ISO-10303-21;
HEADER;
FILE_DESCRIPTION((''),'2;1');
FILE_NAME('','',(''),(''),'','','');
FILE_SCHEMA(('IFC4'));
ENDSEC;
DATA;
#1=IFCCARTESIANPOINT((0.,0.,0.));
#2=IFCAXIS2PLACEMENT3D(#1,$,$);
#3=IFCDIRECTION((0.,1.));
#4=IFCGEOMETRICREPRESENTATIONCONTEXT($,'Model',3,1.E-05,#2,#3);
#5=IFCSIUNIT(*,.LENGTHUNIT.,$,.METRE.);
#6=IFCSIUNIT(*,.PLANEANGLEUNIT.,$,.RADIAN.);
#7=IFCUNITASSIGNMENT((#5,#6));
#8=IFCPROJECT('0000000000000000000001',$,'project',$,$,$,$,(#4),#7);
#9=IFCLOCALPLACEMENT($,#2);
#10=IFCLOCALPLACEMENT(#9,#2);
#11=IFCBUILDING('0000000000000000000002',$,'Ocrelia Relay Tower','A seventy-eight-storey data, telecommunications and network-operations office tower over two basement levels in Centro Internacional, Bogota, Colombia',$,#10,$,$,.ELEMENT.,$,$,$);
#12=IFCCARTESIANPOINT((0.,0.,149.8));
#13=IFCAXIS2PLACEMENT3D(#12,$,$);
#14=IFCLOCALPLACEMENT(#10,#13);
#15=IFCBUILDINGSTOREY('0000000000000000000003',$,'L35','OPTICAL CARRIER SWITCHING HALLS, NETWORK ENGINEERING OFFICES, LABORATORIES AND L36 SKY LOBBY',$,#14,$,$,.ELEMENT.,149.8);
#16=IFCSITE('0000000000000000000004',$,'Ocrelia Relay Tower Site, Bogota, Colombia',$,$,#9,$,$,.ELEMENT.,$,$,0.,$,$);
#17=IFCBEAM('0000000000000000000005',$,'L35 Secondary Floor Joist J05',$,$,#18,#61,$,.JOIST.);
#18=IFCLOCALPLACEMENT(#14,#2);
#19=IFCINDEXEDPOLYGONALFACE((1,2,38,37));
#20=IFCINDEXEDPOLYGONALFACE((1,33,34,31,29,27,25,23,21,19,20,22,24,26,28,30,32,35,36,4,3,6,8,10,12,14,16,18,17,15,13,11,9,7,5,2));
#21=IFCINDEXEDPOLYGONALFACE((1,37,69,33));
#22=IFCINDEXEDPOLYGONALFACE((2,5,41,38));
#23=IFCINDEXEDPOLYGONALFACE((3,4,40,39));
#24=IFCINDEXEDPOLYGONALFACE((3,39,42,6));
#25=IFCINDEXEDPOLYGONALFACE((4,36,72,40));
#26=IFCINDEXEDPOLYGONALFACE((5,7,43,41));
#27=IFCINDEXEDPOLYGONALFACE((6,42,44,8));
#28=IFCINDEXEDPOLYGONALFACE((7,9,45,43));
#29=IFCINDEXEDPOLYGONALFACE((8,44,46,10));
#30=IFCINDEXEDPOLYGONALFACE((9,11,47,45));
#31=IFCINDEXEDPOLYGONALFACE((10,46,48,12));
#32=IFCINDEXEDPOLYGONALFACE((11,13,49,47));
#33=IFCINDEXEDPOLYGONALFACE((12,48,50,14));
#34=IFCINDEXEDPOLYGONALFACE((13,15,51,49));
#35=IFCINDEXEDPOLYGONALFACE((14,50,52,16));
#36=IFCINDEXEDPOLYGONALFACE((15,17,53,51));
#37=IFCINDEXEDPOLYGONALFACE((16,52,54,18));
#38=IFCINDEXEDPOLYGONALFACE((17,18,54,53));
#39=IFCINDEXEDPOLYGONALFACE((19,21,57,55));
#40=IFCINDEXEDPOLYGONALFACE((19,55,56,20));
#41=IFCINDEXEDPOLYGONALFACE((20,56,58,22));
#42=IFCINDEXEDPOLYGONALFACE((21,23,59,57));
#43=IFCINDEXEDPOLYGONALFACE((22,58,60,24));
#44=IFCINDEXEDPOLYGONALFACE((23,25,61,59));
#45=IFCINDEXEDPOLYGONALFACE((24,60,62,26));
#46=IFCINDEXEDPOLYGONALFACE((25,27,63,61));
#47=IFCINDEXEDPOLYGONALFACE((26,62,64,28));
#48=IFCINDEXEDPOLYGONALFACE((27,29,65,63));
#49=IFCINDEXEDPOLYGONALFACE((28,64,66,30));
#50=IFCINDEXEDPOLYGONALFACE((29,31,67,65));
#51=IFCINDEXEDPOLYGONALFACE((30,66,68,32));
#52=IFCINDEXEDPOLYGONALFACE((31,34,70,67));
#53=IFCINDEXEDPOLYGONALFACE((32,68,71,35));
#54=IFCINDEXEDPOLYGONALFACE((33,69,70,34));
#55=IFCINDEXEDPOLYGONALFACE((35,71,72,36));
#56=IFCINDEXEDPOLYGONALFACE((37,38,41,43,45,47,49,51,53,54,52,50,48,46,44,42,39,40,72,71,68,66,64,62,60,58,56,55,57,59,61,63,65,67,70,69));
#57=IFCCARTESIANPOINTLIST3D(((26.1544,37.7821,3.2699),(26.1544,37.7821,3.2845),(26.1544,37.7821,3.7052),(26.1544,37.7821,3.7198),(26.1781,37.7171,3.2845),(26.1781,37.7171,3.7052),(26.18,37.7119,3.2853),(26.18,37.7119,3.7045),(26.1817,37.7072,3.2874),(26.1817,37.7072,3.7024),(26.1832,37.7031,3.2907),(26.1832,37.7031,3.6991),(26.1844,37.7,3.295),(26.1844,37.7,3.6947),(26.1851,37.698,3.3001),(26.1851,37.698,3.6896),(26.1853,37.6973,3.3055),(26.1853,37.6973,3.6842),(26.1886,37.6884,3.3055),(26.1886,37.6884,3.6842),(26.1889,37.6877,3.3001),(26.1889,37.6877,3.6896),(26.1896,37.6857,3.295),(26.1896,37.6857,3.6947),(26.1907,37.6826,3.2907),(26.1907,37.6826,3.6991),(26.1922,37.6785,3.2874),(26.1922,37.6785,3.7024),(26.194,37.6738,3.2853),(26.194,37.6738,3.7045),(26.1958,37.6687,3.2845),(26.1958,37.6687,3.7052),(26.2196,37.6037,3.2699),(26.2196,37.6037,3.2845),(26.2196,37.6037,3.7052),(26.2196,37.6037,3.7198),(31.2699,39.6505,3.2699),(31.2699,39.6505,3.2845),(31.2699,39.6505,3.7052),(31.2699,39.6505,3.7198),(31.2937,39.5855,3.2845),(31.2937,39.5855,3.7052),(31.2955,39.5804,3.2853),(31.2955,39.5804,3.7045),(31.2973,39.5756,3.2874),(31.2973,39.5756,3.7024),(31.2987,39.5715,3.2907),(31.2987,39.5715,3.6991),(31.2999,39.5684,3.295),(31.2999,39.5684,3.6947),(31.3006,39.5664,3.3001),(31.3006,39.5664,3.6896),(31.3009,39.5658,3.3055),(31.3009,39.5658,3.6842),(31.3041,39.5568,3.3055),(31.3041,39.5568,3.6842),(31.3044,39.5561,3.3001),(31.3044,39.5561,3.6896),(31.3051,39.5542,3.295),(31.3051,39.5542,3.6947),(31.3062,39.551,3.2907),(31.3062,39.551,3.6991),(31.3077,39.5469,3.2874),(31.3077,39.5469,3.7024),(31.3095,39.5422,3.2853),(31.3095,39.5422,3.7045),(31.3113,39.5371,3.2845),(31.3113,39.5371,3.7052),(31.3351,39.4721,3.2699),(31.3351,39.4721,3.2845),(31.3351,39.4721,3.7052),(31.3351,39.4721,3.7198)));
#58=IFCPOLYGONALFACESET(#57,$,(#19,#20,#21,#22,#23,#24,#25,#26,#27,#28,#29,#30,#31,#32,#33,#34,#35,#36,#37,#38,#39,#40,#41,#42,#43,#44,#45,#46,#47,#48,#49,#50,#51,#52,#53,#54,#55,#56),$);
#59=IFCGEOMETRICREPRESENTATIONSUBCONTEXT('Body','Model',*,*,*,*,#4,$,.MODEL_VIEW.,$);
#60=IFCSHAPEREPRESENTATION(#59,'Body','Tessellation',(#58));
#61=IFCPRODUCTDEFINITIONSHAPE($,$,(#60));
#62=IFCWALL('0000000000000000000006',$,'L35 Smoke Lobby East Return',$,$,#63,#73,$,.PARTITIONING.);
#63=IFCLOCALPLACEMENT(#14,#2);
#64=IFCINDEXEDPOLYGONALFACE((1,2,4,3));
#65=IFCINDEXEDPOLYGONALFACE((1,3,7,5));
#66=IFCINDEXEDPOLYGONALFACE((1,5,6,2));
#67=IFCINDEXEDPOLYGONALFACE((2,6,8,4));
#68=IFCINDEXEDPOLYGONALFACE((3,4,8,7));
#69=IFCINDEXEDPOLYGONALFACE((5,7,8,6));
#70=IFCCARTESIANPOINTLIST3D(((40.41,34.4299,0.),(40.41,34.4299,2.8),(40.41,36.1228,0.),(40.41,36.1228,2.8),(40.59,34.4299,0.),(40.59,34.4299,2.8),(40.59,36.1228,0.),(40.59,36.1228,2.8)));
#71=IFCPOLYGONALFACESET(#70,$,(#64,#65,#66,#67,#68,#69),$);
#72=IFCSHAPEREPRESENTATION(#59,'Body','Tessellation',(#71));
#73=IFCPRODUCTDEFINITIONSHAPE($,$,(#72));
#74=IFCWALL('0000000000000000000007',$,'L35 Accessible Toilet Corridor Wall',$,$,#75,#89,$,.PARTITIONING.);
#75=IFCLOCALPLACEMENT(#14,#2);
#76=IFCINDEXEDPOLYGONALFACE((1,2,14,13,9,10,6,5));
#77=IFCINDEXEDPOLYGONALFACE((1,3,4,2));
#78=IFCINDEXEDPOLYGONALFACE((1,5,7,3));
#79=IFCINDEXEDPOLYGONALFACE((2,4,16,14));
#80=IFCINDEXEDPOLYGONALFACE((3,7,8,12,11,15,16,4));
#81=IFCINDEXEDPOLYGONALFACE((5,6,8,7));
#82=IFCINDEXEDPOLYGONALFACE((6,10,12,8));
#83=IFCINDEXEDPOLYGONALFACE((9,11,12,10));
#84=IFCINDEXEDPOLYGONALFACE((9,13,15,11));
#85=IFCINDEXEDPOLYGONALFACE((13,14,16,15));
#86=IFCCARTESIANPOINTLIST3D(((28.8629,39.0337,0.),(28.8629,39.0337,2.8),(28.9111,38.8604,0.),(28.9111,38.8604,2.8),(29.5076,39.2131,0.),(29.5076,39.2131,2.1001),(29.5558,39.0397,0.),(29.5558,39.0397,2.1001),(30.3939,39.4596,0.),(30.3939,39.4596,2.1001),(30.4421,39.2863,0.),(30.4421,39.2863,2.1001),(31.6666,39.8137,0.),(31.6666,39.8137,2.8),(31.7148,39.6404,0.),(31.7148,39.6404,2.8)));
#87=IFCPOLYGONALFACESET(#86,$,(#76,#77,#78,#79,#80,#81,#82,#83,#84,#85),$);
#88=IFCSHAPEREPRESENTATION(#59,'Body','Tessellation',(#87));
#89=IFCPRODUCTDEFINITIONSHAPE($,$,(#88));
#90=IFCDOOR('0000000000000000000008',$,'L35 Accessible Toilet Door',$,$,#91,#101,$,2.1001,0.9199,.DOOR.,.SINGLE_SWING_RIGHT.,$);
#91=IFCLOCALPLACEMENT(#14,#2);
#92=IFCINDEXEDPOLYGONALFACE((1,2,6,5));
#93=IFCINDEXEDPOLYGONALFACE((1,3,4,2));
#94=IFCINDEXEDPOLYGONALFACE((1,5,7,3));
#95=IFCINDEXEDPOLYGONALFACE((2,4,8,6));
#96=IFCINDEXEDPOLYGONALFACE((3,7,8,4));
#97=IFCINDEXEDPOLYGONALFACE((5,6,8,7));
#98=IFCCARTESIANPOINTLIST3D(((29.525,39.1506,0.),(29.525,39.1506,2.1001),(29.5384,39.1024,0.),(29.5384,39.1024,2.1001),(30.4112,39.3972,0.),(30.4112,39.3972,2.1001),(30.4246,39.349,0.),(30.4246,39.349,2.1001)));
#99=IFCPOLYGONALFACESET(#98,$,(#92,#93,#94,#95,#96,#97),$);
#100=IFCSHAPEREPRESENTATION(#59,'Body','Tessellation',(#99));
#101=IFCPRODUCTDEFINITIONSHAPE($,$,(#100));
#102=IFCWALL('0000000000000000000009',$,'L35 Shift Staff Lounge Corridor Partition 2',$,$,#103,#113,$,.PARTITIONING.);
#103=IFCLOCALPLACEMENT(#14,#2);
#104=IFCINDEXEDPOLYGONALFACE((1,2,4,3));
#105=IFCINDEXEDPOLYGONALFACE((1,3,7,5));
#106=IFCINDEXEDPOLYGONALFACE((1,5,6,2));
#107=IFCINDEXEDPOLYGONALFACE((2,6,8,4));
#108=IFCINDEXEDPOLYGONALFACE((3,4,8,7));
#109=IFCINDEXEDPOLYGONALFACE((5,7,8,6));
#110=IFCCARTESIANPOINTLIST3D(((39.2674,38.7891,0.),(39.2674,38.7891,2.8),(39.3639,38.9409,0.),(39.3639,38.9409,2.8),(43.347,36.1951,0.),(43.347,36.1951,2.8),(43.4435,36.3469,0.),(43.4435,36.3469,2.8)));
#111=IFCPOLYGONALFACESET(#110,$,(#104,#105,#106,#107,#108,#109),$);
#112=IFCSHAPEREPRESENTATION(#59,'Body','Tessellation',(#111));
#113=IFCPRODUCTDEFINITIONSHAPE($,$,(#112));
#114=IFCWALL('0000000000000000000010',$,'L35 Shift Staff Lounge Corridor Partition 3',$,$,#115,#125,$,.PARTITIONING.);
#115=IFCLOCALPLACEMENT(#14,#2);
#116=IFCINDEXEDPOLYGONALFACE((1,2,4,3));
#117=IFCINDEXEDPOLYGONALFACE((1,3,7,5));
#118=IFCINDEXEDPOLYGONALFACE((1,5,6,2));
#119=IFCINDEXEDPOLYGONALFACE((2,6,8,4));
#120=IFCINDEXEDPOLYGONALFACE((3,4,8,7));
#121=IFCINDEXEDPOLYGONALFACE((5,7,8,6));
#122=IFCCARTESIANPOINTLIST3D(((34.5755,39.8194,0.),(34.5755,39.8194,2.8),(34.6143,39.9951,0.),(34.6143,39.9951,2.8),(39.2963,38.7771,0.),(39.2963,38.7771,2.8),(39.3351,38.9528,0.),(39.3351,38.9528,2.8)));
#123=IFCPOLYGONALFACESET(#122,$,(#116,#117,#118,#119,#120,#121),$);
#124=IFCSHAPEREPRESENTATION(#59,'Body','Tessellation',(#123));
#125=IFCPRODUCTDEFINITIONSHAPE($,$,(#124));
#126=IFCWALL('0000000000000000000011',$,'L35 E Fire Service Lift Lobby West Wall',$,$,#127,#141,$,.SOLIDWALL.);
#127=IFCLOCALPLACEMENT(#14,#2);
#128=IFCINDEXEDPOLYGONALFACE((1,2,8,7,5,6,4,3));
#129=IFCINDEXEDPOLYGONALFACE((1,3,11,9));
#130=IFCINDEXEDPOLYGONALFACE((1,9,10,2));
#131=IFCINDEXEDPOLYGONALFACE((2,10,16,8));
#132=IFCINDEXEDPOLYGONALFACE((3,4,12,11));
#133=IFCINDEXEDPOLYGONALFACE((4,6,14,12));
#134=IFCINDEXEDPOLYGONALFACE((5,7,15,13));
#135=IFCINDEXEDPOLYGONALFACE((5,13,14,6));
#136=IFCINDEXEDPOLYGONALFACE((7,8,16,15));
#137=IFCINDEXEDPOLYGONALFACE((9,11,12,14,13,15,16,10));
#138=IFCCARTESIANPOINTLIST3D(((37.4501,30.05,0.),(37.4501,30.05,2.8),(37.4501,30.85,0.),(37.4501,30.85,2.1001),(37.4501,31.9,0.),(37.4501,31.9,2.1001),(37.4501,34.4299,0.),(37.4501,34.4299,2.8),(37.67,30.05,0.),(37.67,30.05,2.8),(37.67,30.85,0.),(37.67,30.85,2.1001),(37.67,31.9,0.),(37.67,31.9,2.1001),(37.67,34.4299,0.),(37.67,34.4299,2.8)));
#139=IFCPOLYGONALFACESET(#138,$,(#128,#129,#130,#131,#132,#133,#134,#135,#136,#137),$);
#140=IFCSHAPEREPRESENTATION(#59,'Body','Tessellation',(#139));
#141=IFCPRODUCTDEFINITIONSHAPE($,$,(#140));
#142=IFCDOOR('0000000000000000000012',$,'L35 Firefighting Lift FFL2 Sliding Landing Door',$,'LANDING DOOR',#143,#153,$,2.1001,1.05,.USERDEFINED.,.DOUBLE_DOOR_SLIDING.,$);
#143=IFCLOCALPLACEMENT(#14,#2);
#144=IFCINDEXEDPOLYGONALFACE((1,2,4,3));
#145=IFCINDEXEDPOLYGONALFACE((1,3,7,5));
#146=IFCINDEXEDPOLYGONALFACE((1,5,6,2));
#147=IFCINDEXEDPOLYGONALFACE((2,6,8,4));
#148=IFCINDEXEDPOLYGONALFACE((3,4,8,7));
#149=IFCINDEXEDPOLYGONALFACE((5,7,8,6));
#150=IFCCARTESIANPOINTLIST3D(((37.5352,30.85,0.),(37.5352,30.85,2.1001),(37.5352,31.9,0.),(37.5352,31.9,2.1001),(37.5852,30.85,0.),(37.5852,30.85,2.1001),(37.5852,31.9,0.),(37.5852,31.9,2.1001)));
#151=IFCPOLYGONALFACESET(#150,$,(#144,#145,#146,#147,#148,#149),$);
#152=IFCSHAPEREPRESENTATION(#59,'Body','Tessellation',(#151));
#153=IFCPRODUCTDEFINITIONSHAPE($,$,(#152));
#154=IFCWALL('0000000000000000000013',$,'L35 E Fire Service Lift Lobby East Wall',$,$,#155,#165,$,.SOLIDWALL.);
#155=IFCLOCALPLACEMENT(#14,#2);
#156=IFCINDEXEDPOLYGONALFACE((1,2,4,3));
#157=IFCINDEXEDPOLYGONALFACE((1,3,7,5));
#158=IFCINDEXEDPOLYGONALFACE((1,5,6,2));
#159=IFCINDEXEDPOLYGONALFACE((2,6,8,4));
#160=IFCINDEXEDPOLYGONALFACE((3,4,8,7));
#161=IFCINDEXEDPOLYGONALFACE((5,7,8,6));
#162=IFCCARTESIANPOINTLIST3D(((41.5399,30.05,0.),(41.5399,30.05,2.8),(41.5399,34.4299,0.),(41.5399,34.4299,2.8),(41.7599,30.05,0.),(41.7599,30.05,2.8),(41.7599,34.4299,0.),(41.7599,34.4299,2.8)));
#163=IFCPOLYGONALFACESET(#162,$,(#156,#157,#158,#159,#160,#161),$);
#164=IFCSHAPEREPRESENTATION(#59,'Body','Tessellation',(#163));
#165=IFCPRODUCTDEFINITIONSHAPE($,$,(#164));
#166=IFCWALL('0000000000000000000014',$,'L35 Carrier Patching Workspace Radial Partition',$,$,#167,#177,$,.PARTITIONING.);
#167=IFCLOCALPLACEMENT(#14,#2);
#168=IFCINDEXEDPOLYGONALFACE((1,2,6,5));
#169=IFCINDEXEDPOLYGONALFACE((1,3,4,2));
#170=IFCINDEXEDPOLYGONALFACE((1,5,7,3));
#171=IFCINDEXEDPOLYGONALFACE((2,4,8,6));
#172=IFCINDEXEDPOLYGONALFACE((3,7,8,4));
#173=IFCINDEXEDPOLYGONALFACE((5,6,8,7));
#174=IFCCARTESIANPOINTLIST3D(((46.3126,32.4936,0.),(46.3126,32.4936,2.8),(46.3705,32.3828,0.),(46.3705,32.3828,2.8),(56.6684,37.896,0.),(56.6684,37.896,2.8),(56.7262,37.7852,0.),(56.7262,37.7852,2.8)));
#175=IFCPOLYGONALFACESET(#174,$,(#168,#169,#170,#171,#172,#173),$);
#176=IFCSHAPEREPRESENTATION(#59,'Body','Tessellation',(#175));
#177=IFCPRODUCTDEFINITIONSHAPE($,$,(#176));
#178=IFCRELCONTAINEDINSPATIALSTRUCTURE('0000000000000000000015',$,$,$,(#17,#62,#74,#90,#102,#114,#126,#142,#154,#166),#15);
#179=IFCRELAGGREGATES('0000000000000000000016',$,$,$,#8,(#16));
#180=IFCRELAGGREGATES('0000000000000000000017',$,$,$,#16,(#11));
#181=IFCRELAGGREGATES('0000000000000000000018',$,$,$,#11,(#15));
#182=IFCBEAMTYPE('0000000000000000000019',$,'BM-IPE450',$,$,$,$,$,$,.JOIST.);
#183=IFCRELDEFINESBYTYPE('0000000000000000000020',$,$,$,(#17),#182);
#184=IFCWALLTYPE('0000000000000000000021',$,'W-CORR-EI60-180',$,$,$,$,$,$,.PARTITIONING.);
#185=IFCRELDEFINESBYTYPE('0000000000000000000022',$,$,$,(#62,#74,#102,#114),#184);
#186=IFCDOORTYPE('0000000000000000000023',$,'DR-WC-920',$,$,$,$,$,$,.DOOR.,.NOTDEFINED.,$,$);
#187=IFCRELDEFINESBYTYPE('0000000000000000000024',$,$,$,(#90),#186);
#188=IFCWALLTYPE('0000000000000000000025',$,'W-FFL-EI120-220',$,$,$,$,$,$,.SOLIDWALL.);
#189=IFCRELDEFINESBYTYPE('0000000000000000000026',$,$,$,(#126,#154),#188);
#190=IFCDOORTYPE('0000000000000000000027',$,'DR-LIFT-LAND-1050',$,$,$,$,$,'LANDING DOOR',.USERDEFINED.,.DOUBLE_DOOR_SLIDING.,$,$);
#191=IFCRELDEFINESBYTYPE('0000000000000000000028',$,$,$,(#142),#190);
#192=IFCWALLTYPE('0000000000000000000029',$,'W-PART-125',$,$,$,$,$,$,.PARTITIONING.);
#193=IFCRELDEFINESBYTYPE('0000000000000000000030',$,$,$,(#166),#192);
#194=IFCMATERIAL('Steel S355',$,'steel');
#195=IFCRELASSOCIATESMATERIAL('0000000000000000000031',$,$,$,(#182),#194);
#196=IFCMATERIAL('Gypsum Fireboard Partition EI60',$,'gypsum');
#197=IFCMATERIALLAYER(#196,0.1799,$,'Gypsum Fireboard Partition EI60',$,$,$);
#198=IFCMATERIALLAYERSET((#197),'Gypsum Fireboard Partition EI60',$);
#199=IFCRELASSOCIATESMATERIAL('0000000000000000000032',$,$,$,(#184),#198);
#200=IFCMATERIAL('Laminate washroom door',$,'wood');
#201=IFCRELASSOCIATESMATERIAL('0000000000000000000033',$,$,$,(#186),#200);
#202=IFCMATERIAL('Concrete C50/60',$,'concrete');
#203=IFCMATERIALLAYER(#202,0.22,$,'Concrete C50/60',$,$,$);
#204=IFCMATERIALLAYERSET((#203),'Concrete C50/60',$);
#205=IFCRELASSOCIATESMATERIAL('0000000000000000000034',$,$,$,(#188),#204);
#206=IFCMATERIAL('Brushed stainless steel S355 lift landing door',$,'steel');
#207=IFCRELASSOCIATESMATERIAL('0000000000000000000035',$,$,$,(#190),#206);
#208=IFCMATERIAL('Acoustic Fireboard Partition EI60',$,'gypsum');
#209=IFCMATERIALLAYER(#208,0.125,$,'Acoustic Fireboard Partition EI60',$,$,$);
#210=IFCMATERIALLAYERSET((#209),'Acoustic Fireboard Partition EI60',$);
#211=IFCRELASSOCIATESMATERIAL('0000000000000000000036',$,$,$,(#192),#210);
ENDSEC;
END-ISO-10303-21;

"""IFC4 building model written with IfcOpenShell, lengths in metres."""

from ifc_helpers import new_model, si_unit, direction, frame, frame_2d, origin, origin_2d, place, context, subcontext, project, spatial, rectangle, i_section, extrude, material, layer, layer_set, material_profile, profile_set, type_object, element, fill, save


model = new_model("IFC4")

# Units and contexts
model_context = context("Model", 3, precision=1e-05, world=origin(), true_north=direction((0.0, 1.0)))
body_context = subcontext(model_context, "Body", "Model", "MODEL_VIEW")
ifc_project = project(units=[si_unit("LENGTHUNIT", "METRE"), si_unit("PLANEANGLEUNIT", "RADIAN")], contexts=[model_context])

# Site, building, storey
site_placement = place(None, origin())
site = spatial("IfcSite", under=ifc_project, at=site_placement, Name="Ocrelia Relay Tower Site, Bogota, Colombia", CompositionType="ELEMENT", RefElevation=0.0)
building_placement = place(site_placement, origin())
building = spatial("IfcBuilding", under=site, at=building_placement, Name="Ocrelia Relay Tower", Description="A seventy-eight-storey data, telecommunications and network-operations office tower over two basement levels in Centro Internacional, Bogota, Colombia", CompositionType="ELEMENT")
storey_placement = place(building_placement, frame((0.0, 0.0, 149.8)))
storey = spatial("IfcBuildingStorey", under=building, at=storey_placement, Name="L35", Description="OPTICAL CARRIER SWITCHING HALLS, NETWORK ENGINEERING OFFICES, LABORATORIES AND L36 SKY LOBBY", CompositionType="ELEMENT", Elevation=149.8)

# Beam
ifc_material_1 = material(Name="Steel S355", Category="steel")
ifc_material_profile_1 = material_profile(ifc_material_1, i_section(OverallWidth=0.1899, OverallDepth=0.45, WebThickness=0.0095, FlangeThickness=0.0146, FilletRadius=0.021, at=origin_2d()), Name="IPE 450")
ifc_profile_set_1 = profile_set([ifc_material_profile_1], Name="Steel S355")
beam_type = type_object("IfcBeamType", Name="BM-IPE450", PredefinedType="JOIST", material=ifc_profile_set_1)
beam_1_placement = place(storey_placement, frame((31.3025, 39.5613, 3.4949), z_axis=(-0.939307, -0.343078, 0.0), x_axis=(0.343078, -0.939307, 0.0)))
element("IfcBeam", 1, at=beam_1_placement, inside=storey, type_object=beam_type, Name="L35 Secondary Floor Joist J05", PredefinedType="JOIST", context=body_context, shape_type="SweptSolid", body=[
    extrude(i_section(OverallWidth=0.1899, OverallDepth=0.45, WebThickness=0.0095, FlangeThickness=0.0146, FilletRadius=0.021, at=origin_2d()), origin(), (0.0, 0.0, 1.0), 5.446),
])

# Wall
ifc_material_2 = material(Name="Gypsum Fireboard Partition EI60", Category="gypsum")
ifc_layer_1 = layer(ifc_material_2, 0.1799, Name="Gypsum Fireboard Partition EI60")
ifc_layer_set_1 = layer_set([ifc_layer_1], Name="Gypsum Fireboard Partition EI60")
wall_type_1 = type_object("IfcWallType", Name="W-CORR-EI60-180", PredefinedType="PARTITIONING", material=ifc_layer_set_1)
wall_1_placement = place(storey_placement, frame((40.5, 36.1228, 0.0), z_axis=(0.0, 0.0, 1.0), x_axis=(0.0, -1.0, 0.0)))
element("IfcWall", 2, at=wall_1_placement, inside=storey, type_object=wall_type_1, Name="L35 Smoke Lobby East Return", PredefinedType="PARTITIONING", context=body_context, shape_type="SweptSolid", body=[
    extrude(rectangle(XDim=1.6929, YDim=0.1799, at=frame_2d((0.8464, 0.0))), origin(), (0.0, 0.0, 1.0), 2.8),
])

# Wall, opening, door
wall_2_placement = place(storey_placement, frame((31.6907, 39.7271, 0.0), z_axis=(0.0, 0.0, 1.0), x_axis=(-0.96341, -0.268033, 0.0)))
wall_2 = element("IfcWall", 3, at=wall_2_placement, inside=storey, type_object=wall_type_1, Name="L35 Accessible Toilet Corridor Wall", PredefinedType="PARTITIONING", context=body_context, shape_type="SweptSolid", body=[
    extrude(rectangle(XDim=2.9102, YDim=0.1799, at=frame_2d((1.4551, 0.0))), origin(), (0.0, 0.0, 1.0), 2.8),
])
opening_1_placement = place(wall_2_placement, frame((1.321, 0.0, 0.0)))
opening_1 = element("IfcOpeningElement", 4, at=opening_1_placement, cuts=wall_2, PredefinedType="OPENING", context=body_context, shape_type="SweptSolid", body=[
    extrude(rectangle(XDim=0.9199, YDim=2.1001, at=frame_2d((0.46, 1.05))), frame((0.0, 0.1001, 0.0), z_axis=(0.0, -1.0, 0.0), x_axis=(1.0, 0.0, 0.0)), (0.0, 0.0, 1.0), 0.2),
])
ifc_material_3 = material(Name="Laminate washroom door", Category="wood")
door_type_1 = type_object("IfcDoorType", Name="DR-WC-920", OperationType="NOTDEFINED", PredefinedType="DOOR", material=ifc_material_3)
door_1_placement = place(opening_1_placement, origin())
door_1 = element("IfcDoor", 5, at=door_1_placement, inside=storey, type_object=door_type_1, Name="L35 Accessible Toilet Door", OperationType="SINGLE_SWING_RIGHT", OverallHeight=2.1001, OverallWidth=0.9199, PredefinedType="DOOR", context=body_context, shape_type="SweptSolid", body=[
    extrude(rectangle(XDim=0.9199, YDim=2.1001, at=frame_2d((0.46, 1.05))), frame((0.0, 0.0249, 0.0), z_axis=(0.0, -1.0, 0.0), x_axis=(1.0, 0.0, 0.0)), (0.0, 0.0, 1.0), 0.05),
])
fill(opening_1, door_1)

# Walls
for number, where, z_axis, x_axis, name in (
    (6, (43.3953, 36.271, 0.0), (0.0, 0.0, 1.0), (-0.843859, 0.536565, 0.0), "L35 Shift Staff Lounge Corridor Partition 2"),
    (7, (39.3157, 38.865, 0.0), (0.0, 0.0, 1.0), (-0.976484, 0.215588, 0.0), "L35 Shift Staff Lounge Corridor Partition 3"),
):
    element("IfcWall", number, at=place(storey_placement, frame(where, z_axis=z_axis, x_axis=x_axis)), inside=storey, type_object=wall_type_1, Name=name, PredefinedType="PARTITIONING", context=body_context, shape_type="SweptSolid", body=[
        extrude(rectangle(XDim=4.8345, YDim=0.1799, at=frame_2d((2.4172, 0.0))), origin(), (0.0, 0.0, 1.0), 2.8),
    ])

# Wall, opening, door
ifc_material_4 = material(Name="Concrete C50/60", Category="concrete")
ifc_layer_2 = layer(ifc_material_4, 0.22, Name="Concrete C50/60")
ifc_layer_set_2 = layer_set([ifc_layer_2], Name="Concrete C50/60")
wall_type_2 = type_object("IfcWallType", Name="W-FFL-EI120-220", PredefinedType="SOLIDWALL", material=ifc_layer_set_2)
wall_3_placement = place(storey_placement, frame((37.5601, 30.05, 0.0), z_axis=(0.0, 0.0, 1.0), x_axis=(0.0, 1.0, 0.0)))
wall_3 = element("IfcWall", 8, at=wall_3_placement, inside=storey, type_object=wall_type_2, Name="L35 E Fire Service Lift Lobby West Wall", PredefinedType="SOLIDWALL", context=body_context, shape_type="SweptSolid", body=[
    extrude(rectangle(XDim=4.3799, YDim=0.22, at=frame_2d((2.1899, 0.0))), origin(), (0.0, 0.0, 1.0), 2.8),
])
opening_2_placement = place(wall_3_placement, frame((0.8, 0.0, 0.0)))
opening_2 = element("IfcOpeningElement", 9, at=opening_2_placement, cuts=wall_3, PredefinedType="OPENING", context=body_context, shape_type="SweptSolid", body=[
    extrude(rectangle(XDim=1.05, YDim=2.1001, at=frame_2d((0.5249, 1.05))), frame((0.0, 0.1201, 0.0), z_axis=(0.0, -1.0, 0.0), x_axis=(1.0, 0.0, 0.0)), (0.0, 0.0, 1.0), 0.24),
])
ifc_material_5 = material(Name="Brushed stainless steel S355 lift landing door", Category="steel")
door_type_2 = type_object("IfcDoorType", Name="DR-LIFT-LAND-1050", ElementType="LANDING DOOR", OperationType="DOUBLE_DOOR_SLIDING", PredefinedType="USERDEFINED", material=ifc_material_5)
door_2_placement = place(opening_2_placement, origin())
door_2 = element("IfcDoor", 10, at=door_2_placement, inside=storey, type_object=door_type_2, Name="L35 Firefighting Lift FFL2 Sliding Landing Door", ObjectType="LANDING DOOR", OperationType="DOUBLE_DOOR_SLIDING", OverallHeight=2.1001, OverallWidth=1.05, PredefinedType="USERDEFINED", context=body_context, shape_type="SweptSolid", body=[
    extrude(rectangle(XDim=1.05, YDim=2.1001, at=frame_2d((0.5249, 1.05))), frame((0.0, 0.0249, 0.0), z_axis=(0.0, -1.0, 0.0), x_axis=(1.0, 0.0, 0.0)), (0.0, 0.0, 1.0), 0.05),
])
fill(opening_2, door_2)

# Wall
wall_4_placement = place(storey_placement, frame((41.6499, 30.05, 0.0), z_axis=(0.0, 0.0, 1.0), x_axis=(0.0, 1.0, 0.0)))
element("IfcWall", 11, at=wall_4_placement, inside=storey, type_object=wall_type_2, Name="L35 E Fire Service Lift Lobby East Wall", PredefinedType="SOLIDWALL", context=body_context, shape_type="SweptSolid", body=[
    extrude(rectangle(XDim=4.3799, YDim=0.22, at=frame_2d((2.1899, 0.0))), origin(), (0.0, 0.0, 1.0), 2.8),
])

# Wall
ifc_material_6 = material(Name="Acoustic Fireboard Partition EI60", Category="gypsum")
ifc_layer_3 = layer(ifc_material_6, 0.125, Name="Acoustic Fireboard Partition EI60")
ifc_layer_set_3 = layer_set([ifc_layer_3], Name="Acoustic Fireboard Partition EI60")
wall_type_3 = type_object("IfcWallType", Name="W-PART-125", PredefinedType="PARTITIONING", material=ifc_layer_set_3)
wall_5_placement = place(storey_placement, frame((46.3416, 32.4382, 0.0), z_axis=(0.0, 0.0, 1.0), x_axis=(0.886607, 0.462523, 0.0)))
element("IfcWall", 12, at=wall_5_placement, inside=storey, type_object=wall_type_3, Name="L35 Carrier Patching Workspace Radial Partition", PredefinedType="PARTITIONING", context=body_context, shape_type="SweptSolid", body=[
    extrude(rectangle(XDim=11.6802, YDim=0.125, at=frame_2d((5.8401, 0.0))), origin(), (0.0, 0.0, 1.0), 2.8),
])

save(model, "model.ifc")
